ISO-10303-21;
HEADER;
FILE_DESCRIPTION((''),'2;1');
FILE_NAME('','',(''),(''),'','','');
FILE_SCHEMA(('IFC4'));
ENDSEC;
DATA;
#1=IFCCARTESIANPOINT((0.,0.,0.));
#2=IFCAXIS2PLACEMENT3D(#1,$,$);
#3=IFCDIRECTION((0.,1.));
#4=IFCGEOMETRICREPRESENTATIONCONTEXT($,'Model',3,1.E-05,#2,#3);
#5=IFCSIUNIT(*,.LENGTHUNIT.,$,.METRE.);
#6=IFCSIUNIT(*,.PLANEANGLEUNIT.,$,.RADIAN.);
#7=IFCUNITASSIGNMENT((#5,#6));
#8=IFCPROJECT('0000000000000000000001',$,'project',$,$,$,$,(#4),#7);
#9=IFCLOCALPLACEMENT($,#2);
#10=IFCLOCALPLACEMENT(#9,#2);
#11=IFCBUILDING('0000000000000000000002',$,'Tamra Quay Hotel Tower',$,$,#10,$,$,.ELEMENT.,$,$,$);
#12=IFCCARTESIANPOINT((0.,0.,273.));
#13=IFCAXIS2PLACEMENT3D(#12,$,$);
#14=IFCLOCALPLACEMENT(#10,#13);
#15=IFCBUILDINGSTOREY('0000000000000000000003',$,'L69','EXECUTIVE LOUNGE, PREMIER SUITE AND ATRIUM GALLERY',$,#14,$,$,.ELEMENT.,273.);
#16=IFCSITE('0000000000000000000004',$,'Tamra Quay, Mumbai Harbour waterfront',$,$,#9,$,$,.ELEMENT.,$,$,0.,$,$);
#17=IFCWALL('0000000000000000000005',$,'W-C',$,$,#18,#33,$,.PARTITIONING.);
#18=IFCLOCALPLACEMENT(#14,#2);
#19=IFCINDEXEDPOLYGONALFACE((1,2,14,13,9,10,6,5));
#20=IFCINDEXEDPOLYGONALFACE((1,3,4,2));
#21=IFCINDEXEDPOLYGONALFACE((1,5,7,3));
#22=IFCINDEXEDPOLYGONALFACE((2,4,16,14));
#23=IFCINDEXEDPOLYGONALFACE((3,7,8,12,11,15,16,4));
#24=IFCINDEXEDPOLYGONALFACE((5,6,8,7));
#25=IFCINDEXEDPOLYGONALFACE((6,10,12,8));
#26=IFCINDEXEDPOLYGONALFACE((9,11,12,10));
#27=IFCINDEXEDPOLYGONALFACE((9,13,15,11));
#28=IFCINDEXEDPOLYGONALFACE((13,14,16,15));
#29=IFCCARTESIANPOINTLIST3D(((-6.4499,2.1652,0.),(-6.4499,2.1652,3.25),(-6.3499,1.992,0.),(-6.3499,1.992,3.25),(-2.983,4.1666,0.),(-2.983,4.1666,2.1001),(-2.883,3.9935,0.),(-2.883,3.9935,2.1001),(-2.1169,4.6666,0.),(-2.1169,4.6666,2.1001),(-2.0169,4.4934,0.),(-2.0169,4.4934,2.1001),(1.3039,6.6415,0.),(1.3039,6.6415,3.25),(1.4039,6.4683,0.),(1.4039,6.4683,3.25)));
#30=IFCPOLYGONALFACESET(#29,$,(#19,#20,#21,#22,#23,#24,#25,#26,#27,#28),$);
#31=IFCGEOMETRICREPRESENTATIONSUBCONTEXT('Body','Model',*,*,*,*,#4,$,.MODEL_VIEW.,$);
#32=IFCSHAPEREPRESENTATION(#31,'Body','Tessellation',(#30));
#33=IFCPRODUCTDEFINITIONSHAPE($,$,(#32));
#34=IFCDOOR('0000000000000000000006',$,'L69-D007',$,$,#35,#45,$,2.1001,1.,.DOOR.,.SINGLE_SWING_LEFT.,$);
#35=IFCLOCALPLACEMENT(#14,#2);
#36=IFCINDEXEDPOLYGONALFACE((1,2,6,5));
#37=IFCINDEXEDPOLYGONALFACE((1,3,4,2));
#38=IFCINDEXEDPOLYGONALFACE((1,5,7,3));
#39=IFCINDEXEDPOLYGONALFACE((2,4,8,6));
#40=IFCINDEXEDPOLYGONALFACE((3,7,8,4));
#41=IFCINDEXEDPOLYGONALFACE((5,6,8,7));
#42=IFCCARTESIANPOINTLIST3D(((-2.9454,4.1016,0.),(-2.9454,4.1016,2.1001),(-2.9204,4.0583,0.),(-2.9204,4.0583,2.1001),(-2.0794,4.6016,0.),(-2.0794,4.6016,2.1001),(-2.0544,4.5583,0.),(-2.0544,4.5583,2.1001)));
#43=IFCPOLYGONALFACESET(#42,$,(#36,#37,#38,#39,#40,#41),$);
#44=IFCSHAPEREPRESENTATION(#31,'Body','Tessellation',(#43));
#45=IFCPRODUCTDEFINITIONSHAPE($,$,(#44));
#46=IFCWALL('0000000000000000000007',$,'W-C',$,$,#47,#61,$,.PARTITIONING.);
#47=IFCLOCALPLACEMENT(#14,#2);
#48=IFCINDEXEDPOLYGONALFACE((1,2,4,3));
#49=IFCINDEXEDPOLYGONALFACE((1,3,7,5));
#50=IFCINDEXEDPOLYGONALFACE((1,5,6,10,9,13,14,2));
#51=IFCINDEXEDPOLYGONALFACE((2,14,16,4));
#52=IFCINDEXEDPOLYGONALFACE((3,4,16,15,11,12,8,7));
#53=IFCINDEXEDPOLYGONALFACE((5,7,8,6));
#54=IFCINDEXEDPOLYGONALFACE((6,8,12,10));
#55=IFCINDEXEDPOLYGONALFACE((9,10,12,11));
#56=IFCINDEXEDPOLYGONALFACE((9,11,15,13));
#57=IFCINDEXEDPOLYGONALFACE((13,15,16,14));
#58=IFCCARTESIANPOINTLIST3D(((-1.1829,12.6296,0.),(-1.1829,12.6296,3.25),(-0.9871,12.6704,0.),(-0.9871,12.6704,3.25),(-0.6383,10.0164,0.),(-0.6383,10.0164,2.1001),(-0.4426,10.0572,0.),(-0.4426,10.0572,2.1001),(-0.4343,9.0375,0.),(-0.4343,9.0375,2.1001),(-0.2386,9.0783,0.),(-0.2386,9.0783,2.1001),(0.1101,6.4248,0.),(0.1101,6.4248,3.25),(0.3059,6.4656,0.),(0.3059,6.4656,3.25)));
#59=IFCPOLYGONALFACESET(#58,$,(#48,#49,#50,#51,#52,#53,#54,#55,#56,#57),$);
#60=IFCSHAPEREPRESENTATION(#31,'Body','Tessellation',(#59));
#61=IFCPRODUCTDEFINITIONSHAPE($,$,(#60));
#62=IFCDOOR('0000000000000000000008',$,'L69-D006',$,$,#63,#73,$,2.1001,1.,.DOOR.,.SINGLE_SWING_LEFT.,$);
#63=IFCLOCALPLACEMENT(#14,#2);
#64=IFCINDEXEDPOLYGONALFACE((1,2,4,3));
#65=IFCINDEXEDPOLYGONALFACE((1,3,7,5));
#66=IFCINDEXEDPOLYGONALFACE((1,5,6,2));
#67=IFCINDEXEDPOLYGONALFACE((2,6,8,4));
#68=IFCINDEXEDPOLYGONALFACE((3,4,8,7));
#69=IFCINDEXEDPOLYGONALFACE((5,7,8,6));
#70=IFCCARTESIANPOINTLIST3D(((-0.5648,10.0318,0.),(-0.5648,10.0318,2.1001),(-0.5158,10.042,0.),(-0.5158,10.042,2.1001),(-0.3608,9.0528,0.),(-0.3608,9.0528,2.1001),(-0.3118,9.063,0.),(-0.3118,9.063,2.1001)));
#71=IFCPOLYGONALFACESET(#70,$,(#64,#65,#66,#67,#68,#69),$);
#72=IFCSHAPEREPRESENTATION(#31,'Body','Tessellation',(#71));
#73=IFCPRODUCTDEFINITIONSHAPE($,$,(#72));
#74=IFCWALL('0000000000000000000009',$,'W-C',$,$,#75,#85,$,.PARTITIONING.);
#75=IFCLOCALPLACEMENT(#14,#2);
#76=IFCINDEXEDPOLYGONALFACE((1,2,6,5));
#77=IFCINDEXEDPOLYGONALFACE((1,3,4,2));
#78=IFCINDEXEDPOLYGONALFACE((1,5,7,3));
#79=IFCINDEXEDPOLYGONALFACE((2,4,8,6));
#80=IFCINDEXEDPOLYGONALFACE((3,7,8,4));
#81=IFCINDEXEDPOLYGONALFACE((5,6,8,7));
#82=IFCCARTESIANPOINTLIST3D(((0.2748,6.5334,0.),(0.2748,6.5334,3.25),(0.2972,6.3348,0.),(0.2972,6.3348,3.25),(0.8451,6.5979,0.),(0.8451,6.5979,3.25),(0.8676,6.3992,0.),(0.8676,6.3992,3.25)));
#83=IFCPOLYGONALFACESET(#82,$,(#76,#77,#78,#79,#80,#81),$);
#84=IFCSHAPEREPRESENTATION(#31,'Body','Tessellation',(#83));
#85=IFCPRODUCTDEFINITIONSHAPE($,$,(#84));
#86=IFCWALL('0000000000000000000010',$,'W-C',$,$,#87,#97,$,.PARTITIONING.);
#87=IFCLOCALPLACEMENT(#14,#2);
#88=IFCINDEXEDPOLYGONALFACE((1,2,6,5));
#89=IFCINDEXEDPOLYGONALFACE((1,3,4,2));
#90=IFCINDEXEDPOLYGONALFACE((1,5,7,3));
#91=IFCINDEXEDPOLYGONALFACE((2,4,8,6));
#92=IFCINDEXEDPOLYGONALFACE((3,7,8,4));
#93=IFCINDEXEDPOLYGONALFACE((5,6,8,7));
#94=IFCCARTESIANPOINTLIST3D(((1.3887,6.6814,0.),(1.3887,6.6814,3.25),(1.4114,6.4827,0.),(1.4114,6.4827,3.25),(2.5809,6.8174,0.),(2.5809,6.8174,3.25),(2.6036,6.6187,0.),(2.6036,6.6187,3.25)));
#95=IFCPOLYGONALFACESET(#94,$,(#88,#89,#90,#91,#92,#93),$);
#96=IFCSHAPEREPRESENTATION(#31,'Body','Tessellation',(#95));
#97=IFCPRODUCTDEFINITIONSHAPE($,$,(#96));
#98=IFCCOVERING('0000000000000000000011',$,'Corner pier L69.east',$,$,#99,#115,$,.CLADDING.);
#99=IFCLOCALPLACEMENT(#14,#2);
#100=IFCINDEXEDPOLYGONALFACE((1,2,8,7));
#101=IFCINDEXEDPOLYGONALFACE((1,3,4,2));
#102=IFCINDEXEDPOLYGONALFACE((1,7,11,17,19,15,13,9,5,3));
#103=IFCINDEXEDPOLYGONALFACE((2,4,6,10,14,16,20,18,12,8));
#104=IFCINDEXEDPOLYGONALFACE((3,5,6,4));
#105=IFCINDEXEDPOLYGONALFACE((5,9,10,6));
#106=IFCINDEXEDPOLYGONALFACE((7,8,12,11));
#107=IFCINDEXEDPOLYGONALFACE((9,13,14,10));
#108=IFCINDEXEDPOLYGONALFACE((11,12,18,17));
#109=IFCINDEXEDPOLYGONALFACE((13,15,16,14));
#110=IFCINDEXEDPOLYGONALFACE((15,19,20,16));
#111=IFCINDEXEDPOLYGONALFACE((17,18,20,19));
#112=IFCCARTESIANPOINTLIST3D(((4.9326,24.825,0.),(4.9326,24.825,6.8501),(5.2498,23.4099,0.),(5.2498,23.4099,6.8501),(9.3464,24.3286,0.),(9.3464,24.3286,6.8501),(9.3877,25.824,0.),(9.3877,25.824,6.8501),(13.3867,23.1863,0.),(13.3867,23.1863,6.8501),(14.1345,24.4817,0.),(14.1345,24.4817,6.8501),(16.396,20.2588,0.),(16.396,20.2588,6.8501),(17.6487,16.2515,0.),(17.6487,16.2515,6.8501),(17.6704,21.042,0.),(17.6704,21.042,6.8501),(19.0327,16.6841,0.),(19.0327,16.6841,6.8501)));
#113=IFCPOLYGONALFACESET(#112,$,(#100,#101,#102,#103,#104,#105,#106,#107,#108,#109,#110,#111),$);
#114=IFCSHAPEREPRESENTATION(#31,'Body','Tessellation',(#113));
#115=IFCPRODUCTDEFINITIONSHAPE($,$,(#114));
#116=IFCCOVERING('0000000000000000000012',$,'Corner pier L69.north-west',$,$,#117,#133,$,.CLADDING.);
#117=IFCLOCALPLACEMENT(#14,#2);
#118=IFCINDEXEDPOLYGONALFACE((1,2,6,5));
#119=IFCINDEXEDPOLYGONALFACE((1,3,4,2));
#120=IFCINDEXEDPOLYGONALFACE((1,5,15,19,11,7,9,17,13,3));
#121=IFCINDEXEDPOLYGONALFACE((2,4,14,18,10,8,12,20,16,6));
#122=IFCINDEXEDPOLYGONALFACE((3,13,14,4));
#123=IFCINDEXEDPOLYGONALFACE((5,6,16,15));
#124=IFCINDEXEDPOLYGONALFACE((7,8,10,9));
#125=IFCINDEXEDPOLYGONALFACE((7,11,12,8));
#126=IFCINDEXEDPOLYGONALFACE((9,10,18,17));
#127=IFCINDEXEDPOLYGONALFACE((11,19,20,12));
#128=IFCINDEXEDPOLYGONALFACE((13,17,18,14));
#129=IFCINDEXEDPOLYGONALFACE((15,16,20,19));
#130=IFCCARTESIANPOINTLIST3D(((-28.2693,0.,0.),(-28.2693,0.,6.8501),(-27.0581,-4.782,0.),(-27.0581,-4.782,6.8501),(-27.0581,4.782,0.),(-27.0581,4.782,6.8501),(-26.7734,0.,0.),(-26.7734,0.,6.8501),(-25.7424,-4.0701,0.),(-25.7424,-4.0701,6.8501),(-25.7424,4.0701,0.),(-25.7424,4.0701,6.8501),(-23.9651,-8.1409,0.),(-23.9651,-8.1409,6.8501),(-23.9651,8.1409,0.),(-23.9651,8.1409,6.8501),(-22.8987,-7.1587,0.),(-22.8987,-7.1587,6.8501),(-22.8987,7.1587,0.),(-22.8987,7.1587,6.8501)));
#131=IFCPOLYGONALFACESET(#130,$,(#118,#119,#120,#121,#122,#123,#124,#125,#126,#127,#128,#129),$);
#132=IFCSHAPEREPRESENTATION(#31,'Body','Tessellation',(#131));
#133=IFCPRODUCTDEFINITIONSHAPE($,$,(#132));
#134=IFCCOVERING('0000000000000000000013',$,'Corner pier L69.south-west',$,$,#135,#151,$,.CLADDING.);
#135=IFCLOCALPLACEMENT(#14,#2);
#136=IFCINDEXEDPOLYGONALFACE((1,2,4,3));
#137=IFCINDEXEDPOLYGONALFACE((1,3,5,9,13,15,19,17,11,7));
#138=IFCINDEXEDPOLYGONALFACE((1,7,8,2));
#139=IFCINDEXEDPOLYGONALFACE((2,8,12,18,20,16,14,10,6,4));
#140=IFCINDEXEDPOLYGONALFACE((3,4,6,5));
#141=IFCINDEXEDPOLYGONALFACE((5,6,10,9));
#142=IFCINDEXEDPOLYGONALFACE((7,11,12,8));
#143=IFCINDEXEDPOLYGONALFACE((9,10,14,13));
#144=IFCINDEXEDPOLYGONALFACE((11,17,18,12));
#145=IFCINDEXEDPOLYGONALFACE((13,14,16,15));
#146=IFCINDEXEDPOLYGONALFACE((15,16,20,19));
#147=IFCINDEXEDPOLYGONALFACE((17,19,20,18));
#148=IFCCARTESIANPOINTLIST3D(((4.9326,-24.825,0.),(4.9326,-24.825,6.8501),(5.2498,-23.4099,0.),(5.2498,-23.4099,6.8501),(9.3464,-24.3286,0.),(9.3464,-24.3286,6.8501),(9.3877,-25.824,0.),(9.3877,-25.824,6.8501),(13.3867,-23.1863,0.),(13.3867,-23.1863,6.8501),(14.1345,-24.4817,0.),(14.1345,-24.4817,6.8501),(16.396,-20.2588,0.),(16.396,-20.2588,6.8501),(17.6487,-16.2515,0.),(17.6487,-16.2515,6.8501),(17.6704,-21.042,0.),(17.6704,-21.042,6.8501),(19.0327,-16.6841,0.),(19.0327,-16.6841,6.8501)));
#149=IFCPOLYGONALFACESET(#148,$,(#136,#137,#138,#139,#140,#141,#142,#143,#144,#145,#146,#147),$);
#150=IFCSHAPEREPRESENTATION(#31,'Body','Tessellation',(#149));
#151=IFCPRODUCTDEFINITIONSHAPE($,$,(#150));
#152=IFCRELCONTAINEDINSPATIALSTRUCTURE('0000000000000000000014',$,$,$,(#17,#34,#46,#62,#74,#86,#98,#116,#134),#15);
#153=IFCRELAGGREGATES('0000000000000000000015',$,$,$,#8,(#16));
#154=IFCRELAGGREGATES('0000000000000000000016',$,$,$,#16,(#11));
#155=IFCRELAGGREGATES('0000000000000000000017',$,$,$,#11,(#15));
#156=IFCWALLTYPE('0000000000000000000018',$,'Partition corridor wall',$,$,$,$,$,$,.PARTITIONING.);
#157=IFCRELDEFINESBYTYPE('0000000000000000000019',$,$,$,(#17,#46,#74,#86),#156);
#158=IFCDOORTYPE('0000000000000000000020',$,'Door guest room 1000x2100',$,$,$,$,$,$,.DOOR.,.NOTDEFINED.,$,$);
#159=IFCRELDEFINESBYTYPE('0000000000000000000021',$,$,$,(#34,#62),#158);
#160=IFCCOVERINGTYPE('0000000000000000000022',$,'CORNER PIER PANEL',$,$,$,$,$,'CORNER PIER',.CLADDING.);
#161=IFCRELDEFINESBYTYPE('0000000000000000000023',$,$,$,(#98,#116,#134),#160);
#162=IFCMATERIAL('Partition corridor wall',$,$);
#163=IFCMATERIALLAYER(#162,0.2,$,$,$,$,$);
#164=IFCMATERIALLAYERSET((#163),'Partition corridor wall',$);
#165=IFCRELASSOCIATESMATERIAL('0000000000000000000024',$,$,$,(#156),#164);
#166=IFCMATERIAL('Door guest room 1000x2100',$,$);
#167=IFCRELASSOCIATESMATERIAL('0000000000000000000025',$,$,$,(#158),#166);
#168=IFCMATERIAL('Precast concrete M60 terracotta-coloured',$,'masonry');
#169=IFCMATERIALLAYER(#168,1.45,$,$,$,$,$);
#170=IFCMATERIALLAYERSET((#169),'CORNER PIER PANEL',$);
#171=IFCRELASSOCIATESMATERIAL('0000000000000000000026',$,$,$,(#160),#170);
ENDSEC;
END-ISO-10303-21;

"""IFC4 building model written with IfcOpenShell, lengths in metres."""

from ifc_helpers import new_model, si_unit, direction, frame, frame_2d, origin, place, context, subcontext, project, spatial, polyline, rectangle, outline, extrude, material, layer, layer_set, type_object, element, fill, save


model = new_model("IFC4")

# Units and contexts
model_context = context("Model", 3, precision=1e-05, world=origin(), true_north=direction((0.0, 1.0)))
body_context = subcontext(model_context, "Body", "Model", "MODEL_VIEW")
ifc_project = project(units=[si_unit("LENGTHUNIT", "METRE"), si_unit("PLANEANGLEUNIT", "RADIAN")], contexts=[model_context])

# Site, building, storey
site_placement = place(None, origin())
site = spatial("IfcSite", under=ifc_project, at=site_placement, Name="Tamra Quay, Mumbai Harbour waterfront", CompositionType="ELEMENT", RefElevation=0.0)
building_placement = place(site_placement, origin())
building = spatial("IfcBuilding", under=site, at=building_placement, Name="Tamra Quay Hotel Tower", CompositionType="ELEMENT")
storey_placement = place(building_placement, frame((0.0, 0.0, 273.0)))
storey = spatial("IfcBuildingStorey", under=building, at=storey_placement, Name="L69", Description="EXECUTIVE LOUNGE, PREMIER SUITE AND ATRIUM GALLERY", CompositionType="ELEMENT", Elevation=273.0)

# Shared definitions
ifc_material_1 = material(Name="Partition corridor wall")
ifc_layer_1 = layer(ifc_material_1, 0.2)
ifc_layer_set_1 = layer_set([ifc_layer_1], Name="Partition corridor wall")
wall_type_1 = type_object("IfcWallType", Name="Partition corridor wall", PredefinedType="PARTITIONING", material=ifc_layer_set_1)

# Walls, openings, doors
wall_1_placement = place(storey_placement, frame((-6.3999, 2.0786, 0.0), z_axis=(0.0, 0.0, 1.0), x_axis=(0.866045, 0.499966, 0.0)))
wall_1 = element("IfcWall", 1, at=wall_1_placement, inside=storey, type_object=wall_type_1, Name="W-C", PredefinedType="PARTITIONING", context=body_context, shape_type="SweptSolid", body=[
    extrude(rectangle(XDim=8.9531, YDim=0.2, at=frame_2d((4.4766, 0.0))), origin(), (0.0, 0.0, 1.0), 3.25),
])
opening_1_placement = place(wall_1_placement, frame((4.0032, 0.0, 0.0)))
opening_1 = element("IfcOpeningElement", 2, at=opening_1_placement, cuts=wall_1, PredefinedType="OPENING", context=body_context, shape_type="SweptSolid", body=[
    extrude(rectangle(XDim=1.0, YDim=2.1001, at=frame_2d((0.5, 1.05))), frame((0.0, 0.1099, 0.0), z_axis=(0.0, -1.0, 0.0), x_axis=(1.0, 0.0, 0.0)), (0.0, 0.0, 1.0), 0.22),
])
ifc_material_2 = material(Name="Door guest room 1000x2100")
door_type_1 = type_object("IfcDoorType", Name="Door guest room 1000x2100", OperationType="NOTDEFINED", PredefinedType="DOOR", material=ifc_material_2)
door_1_placement = place(opening_1_placement, origin())
door_1 = element("IfcDoor", 3, at=door_1_placement, inside=storey, type_object=door_type_1, Name="L69-D007", OperationType="SINGLE_SWING_LEFT", OverallHeight=2.1001, OverallWidth=1.0, PredefinedType="DOOR", context=body_context, shape_type="SweptSolid", body=[
    extrude(rectangle(XDim=1.0, YDim=2.1001, at=frame_2d((0.5, 1.05))), frame((0.0, 0.0249, 0.0), z_axis=(0.0, -1.0, 0.0), x_axis=(1.0, 0.0, 0.0)), (0.0, 0.0, 1.0), 0.05),
])
fill(opening_1, door_1)
wall_2_placement = place(storey_placement, frame((-1.085, 12.6499, 0.0), z_axis=(0.0, 0.0, 1.0), x_axis=(0.203999, -0.978971, 0.0)))
wall_2 = element("IfcWall", 4, at=wall_2_placement, inside=storey, type_object=wall_type_1, Name="W-C", PredefinedType="PARTITIONING", context=body_context, shape_type="SweptSolid", body=[
    extrude(rectangle(XDim=6.3381, YDim=0.2, at=frame_2d((3.1689, 0.0))), origin(), (0.0, 0.0, 1.0), 3.25),
])
opening_2_placement = place(wall_2_placement, frame((2.6692, 0.0, 0.0)))
opening_2 = element("IfcOpeningElement", 5, at=opening_2_placement, cuts=wall_2, PredefinedType="OPENING", context=body_context, shape_type="SweptSolid", body=[
    extrude(rectangle(XDim=1.0, YDim=2.1001, at=frame_2d((0.5, 1.05))), frame((0.0, 0.1099, 0.0), z_axis=(0.0, -1.0, 0.0), x_axis=(1.0, 0.0, 0.0)), (0.0, 0.0, 1.0), 0.22),
])
door_2_placement = place(opening_2_placement, frame((1.0, 0.0, 0.0), z_axis=(0.0, 0.0, 1.0), x_axis=(-1.0, 0.0, 0.0)))
door_2 = element("IfcDoor", 6, at=door_2_placement, inside=storey, type_object=door_type_1, Name="L69-D006", OperationType="SINGLE_SWING_LEFT", OverallHeight=2.1001, OverallWidth=1.0, PredefinedType="DOOR", context=body_context, shape_type="SweptSolid", body=[
    extrude(rectangle(XDim=1.0, YDim=2.1001, at=frame_2d((0.5, 1.05))), frame((0.0, 0.0249, 0.0), z_axis=(0.0, -1.0, 0.0), x_axis=(1.0, 0.0, 0.0)), (0.0, 0.0, 1.0), 0.05),
])
fill(opening_2, door_2)

# Walls
wall_3_placement = place(storey_placement, frame((0.2859, 6.4341, 0.0), z_axis=(0.0, 0.0, 1.0), x_axis=(0.993674, 0.112299, 0.0)))
element("IfcWall", 7, at=wall_3_placement, inside=storey, type_object=wall_type_1, Name="W-C", PredefinedType="PARTITIONING", context=body_context, shape_type="SweptSolid", body=[
    extrude(rectangle(XDim=0.574, YDim=0.2, at=frame_2d((0.2871, 0.0))), origin(), (0.0, 0.0, 1.0), 3.25),
])
wall_4_placement = place(storey_placement, frame((1.3999, 6.582, 0.0), z_axis=(0.0, 0.0, 1.0), x_axis=(0.993557, 0.113334, 0.0)))
element("IfcWall", 8, at=wall_4_placement, inside=storey, type_object=wall_type_1, Name="W-C", PredefinedType="PARTITIONING", context=body_context, shape_type="SweptSolid", body=[
    extrude(rectangle(XDim=1.2, YDim=0.2, at=frame_2d((0.6001, 0.0))), origin(), (0.0, 0.0, 1.0), 3.25),
])

# Coverings
ifc_material_3 = material(Name="Precast concrete M60 terracotta-coloured", Category="masonry")
ifc_layer_2 = layer(ifc_material_3, 1.45)
ifc_layer_set_2 = layer_set([ifc_layer_2], Name="CORNER PIER PANEL")
covering_type = type_object("IfcCoveringType", Name="CORNER PIER PANEL", ElementType="CORNER PIER", PredefinedType="CLADDING", material=ifc_layer_set_2)
covering_1_placement = place(storey_placement, origin())
element("IfcCovering", 9, at=covering_1_placement, inside=storey, type_object=covering_type, Name="Corner pier L69.east", PredefinedType="CLADDING", context=body_context, shape_type="SweptSolid", body=[
    extrude(outline(polyline([(17.6487, 16.2515), (19.0327, 16.6841), (17.6704, 21.042), (14.1345, 24.4817), (9.3877, 25.824), (4.9326, 24.825), (5.2498, 23.4099), (9.3464, 24.3286), (13.3867, 23.1863), (16.396, 20.2588), (17.6487, 16.2515)])), origin(), (0.0, 0.0, 1.0), 6.8501),
])
covering_2_placement = place(storey_placement, origin())
element("IfcCovering", 10, at=covering_2_placement, inside=storey, type_object=covering_type, Name="Corner pier L69.north-west", PredefinedType="CLADDING", context=body_context, shape_type="SweptSolid", body=[
    extrude(outline(polyline([(-22.8987, 7.1587), (-23.9651, 8.1409), (-27.0581, 4.782), (-28.2693, 0.0), (-27.0581, -4.782), (-23.9651, -8.1409), (-22.8987, -7.1587), (-25.7424, -4.0701), (-26.7734, 0.0), (-25.7424, 4.0701), (-22.8987, 7.1587)])), origin(), (0.0, 0.0, 1.0), 6.8501),
])
covering_3_placement = place(storey_placement, origin())
element("IfcCovering", 11, at=covering_3_placement, inside=storey, type_object=covering_type, Name="Corner pier L69.south-west", PredefinedType="CLADDING", context=body_context, shape_type="SweptSolid", body=[
    extrude(outline(polyline([(5.2498, -23.4099), (4.9326, -24.825), (9.3877, -25.824), (14.1345, -24.4817), (17.6704, -21.042), (19.0327, -16.6841), (17.6487, -16.2515), (16.396, -20.2588), (13.3867, -23.1863), (9.3464, -24.3286), (5.2498, -23.4099)])), origin(), (0.0, 0.0, 1.0), 6.8501),
])

save(model, "model.ifc")
